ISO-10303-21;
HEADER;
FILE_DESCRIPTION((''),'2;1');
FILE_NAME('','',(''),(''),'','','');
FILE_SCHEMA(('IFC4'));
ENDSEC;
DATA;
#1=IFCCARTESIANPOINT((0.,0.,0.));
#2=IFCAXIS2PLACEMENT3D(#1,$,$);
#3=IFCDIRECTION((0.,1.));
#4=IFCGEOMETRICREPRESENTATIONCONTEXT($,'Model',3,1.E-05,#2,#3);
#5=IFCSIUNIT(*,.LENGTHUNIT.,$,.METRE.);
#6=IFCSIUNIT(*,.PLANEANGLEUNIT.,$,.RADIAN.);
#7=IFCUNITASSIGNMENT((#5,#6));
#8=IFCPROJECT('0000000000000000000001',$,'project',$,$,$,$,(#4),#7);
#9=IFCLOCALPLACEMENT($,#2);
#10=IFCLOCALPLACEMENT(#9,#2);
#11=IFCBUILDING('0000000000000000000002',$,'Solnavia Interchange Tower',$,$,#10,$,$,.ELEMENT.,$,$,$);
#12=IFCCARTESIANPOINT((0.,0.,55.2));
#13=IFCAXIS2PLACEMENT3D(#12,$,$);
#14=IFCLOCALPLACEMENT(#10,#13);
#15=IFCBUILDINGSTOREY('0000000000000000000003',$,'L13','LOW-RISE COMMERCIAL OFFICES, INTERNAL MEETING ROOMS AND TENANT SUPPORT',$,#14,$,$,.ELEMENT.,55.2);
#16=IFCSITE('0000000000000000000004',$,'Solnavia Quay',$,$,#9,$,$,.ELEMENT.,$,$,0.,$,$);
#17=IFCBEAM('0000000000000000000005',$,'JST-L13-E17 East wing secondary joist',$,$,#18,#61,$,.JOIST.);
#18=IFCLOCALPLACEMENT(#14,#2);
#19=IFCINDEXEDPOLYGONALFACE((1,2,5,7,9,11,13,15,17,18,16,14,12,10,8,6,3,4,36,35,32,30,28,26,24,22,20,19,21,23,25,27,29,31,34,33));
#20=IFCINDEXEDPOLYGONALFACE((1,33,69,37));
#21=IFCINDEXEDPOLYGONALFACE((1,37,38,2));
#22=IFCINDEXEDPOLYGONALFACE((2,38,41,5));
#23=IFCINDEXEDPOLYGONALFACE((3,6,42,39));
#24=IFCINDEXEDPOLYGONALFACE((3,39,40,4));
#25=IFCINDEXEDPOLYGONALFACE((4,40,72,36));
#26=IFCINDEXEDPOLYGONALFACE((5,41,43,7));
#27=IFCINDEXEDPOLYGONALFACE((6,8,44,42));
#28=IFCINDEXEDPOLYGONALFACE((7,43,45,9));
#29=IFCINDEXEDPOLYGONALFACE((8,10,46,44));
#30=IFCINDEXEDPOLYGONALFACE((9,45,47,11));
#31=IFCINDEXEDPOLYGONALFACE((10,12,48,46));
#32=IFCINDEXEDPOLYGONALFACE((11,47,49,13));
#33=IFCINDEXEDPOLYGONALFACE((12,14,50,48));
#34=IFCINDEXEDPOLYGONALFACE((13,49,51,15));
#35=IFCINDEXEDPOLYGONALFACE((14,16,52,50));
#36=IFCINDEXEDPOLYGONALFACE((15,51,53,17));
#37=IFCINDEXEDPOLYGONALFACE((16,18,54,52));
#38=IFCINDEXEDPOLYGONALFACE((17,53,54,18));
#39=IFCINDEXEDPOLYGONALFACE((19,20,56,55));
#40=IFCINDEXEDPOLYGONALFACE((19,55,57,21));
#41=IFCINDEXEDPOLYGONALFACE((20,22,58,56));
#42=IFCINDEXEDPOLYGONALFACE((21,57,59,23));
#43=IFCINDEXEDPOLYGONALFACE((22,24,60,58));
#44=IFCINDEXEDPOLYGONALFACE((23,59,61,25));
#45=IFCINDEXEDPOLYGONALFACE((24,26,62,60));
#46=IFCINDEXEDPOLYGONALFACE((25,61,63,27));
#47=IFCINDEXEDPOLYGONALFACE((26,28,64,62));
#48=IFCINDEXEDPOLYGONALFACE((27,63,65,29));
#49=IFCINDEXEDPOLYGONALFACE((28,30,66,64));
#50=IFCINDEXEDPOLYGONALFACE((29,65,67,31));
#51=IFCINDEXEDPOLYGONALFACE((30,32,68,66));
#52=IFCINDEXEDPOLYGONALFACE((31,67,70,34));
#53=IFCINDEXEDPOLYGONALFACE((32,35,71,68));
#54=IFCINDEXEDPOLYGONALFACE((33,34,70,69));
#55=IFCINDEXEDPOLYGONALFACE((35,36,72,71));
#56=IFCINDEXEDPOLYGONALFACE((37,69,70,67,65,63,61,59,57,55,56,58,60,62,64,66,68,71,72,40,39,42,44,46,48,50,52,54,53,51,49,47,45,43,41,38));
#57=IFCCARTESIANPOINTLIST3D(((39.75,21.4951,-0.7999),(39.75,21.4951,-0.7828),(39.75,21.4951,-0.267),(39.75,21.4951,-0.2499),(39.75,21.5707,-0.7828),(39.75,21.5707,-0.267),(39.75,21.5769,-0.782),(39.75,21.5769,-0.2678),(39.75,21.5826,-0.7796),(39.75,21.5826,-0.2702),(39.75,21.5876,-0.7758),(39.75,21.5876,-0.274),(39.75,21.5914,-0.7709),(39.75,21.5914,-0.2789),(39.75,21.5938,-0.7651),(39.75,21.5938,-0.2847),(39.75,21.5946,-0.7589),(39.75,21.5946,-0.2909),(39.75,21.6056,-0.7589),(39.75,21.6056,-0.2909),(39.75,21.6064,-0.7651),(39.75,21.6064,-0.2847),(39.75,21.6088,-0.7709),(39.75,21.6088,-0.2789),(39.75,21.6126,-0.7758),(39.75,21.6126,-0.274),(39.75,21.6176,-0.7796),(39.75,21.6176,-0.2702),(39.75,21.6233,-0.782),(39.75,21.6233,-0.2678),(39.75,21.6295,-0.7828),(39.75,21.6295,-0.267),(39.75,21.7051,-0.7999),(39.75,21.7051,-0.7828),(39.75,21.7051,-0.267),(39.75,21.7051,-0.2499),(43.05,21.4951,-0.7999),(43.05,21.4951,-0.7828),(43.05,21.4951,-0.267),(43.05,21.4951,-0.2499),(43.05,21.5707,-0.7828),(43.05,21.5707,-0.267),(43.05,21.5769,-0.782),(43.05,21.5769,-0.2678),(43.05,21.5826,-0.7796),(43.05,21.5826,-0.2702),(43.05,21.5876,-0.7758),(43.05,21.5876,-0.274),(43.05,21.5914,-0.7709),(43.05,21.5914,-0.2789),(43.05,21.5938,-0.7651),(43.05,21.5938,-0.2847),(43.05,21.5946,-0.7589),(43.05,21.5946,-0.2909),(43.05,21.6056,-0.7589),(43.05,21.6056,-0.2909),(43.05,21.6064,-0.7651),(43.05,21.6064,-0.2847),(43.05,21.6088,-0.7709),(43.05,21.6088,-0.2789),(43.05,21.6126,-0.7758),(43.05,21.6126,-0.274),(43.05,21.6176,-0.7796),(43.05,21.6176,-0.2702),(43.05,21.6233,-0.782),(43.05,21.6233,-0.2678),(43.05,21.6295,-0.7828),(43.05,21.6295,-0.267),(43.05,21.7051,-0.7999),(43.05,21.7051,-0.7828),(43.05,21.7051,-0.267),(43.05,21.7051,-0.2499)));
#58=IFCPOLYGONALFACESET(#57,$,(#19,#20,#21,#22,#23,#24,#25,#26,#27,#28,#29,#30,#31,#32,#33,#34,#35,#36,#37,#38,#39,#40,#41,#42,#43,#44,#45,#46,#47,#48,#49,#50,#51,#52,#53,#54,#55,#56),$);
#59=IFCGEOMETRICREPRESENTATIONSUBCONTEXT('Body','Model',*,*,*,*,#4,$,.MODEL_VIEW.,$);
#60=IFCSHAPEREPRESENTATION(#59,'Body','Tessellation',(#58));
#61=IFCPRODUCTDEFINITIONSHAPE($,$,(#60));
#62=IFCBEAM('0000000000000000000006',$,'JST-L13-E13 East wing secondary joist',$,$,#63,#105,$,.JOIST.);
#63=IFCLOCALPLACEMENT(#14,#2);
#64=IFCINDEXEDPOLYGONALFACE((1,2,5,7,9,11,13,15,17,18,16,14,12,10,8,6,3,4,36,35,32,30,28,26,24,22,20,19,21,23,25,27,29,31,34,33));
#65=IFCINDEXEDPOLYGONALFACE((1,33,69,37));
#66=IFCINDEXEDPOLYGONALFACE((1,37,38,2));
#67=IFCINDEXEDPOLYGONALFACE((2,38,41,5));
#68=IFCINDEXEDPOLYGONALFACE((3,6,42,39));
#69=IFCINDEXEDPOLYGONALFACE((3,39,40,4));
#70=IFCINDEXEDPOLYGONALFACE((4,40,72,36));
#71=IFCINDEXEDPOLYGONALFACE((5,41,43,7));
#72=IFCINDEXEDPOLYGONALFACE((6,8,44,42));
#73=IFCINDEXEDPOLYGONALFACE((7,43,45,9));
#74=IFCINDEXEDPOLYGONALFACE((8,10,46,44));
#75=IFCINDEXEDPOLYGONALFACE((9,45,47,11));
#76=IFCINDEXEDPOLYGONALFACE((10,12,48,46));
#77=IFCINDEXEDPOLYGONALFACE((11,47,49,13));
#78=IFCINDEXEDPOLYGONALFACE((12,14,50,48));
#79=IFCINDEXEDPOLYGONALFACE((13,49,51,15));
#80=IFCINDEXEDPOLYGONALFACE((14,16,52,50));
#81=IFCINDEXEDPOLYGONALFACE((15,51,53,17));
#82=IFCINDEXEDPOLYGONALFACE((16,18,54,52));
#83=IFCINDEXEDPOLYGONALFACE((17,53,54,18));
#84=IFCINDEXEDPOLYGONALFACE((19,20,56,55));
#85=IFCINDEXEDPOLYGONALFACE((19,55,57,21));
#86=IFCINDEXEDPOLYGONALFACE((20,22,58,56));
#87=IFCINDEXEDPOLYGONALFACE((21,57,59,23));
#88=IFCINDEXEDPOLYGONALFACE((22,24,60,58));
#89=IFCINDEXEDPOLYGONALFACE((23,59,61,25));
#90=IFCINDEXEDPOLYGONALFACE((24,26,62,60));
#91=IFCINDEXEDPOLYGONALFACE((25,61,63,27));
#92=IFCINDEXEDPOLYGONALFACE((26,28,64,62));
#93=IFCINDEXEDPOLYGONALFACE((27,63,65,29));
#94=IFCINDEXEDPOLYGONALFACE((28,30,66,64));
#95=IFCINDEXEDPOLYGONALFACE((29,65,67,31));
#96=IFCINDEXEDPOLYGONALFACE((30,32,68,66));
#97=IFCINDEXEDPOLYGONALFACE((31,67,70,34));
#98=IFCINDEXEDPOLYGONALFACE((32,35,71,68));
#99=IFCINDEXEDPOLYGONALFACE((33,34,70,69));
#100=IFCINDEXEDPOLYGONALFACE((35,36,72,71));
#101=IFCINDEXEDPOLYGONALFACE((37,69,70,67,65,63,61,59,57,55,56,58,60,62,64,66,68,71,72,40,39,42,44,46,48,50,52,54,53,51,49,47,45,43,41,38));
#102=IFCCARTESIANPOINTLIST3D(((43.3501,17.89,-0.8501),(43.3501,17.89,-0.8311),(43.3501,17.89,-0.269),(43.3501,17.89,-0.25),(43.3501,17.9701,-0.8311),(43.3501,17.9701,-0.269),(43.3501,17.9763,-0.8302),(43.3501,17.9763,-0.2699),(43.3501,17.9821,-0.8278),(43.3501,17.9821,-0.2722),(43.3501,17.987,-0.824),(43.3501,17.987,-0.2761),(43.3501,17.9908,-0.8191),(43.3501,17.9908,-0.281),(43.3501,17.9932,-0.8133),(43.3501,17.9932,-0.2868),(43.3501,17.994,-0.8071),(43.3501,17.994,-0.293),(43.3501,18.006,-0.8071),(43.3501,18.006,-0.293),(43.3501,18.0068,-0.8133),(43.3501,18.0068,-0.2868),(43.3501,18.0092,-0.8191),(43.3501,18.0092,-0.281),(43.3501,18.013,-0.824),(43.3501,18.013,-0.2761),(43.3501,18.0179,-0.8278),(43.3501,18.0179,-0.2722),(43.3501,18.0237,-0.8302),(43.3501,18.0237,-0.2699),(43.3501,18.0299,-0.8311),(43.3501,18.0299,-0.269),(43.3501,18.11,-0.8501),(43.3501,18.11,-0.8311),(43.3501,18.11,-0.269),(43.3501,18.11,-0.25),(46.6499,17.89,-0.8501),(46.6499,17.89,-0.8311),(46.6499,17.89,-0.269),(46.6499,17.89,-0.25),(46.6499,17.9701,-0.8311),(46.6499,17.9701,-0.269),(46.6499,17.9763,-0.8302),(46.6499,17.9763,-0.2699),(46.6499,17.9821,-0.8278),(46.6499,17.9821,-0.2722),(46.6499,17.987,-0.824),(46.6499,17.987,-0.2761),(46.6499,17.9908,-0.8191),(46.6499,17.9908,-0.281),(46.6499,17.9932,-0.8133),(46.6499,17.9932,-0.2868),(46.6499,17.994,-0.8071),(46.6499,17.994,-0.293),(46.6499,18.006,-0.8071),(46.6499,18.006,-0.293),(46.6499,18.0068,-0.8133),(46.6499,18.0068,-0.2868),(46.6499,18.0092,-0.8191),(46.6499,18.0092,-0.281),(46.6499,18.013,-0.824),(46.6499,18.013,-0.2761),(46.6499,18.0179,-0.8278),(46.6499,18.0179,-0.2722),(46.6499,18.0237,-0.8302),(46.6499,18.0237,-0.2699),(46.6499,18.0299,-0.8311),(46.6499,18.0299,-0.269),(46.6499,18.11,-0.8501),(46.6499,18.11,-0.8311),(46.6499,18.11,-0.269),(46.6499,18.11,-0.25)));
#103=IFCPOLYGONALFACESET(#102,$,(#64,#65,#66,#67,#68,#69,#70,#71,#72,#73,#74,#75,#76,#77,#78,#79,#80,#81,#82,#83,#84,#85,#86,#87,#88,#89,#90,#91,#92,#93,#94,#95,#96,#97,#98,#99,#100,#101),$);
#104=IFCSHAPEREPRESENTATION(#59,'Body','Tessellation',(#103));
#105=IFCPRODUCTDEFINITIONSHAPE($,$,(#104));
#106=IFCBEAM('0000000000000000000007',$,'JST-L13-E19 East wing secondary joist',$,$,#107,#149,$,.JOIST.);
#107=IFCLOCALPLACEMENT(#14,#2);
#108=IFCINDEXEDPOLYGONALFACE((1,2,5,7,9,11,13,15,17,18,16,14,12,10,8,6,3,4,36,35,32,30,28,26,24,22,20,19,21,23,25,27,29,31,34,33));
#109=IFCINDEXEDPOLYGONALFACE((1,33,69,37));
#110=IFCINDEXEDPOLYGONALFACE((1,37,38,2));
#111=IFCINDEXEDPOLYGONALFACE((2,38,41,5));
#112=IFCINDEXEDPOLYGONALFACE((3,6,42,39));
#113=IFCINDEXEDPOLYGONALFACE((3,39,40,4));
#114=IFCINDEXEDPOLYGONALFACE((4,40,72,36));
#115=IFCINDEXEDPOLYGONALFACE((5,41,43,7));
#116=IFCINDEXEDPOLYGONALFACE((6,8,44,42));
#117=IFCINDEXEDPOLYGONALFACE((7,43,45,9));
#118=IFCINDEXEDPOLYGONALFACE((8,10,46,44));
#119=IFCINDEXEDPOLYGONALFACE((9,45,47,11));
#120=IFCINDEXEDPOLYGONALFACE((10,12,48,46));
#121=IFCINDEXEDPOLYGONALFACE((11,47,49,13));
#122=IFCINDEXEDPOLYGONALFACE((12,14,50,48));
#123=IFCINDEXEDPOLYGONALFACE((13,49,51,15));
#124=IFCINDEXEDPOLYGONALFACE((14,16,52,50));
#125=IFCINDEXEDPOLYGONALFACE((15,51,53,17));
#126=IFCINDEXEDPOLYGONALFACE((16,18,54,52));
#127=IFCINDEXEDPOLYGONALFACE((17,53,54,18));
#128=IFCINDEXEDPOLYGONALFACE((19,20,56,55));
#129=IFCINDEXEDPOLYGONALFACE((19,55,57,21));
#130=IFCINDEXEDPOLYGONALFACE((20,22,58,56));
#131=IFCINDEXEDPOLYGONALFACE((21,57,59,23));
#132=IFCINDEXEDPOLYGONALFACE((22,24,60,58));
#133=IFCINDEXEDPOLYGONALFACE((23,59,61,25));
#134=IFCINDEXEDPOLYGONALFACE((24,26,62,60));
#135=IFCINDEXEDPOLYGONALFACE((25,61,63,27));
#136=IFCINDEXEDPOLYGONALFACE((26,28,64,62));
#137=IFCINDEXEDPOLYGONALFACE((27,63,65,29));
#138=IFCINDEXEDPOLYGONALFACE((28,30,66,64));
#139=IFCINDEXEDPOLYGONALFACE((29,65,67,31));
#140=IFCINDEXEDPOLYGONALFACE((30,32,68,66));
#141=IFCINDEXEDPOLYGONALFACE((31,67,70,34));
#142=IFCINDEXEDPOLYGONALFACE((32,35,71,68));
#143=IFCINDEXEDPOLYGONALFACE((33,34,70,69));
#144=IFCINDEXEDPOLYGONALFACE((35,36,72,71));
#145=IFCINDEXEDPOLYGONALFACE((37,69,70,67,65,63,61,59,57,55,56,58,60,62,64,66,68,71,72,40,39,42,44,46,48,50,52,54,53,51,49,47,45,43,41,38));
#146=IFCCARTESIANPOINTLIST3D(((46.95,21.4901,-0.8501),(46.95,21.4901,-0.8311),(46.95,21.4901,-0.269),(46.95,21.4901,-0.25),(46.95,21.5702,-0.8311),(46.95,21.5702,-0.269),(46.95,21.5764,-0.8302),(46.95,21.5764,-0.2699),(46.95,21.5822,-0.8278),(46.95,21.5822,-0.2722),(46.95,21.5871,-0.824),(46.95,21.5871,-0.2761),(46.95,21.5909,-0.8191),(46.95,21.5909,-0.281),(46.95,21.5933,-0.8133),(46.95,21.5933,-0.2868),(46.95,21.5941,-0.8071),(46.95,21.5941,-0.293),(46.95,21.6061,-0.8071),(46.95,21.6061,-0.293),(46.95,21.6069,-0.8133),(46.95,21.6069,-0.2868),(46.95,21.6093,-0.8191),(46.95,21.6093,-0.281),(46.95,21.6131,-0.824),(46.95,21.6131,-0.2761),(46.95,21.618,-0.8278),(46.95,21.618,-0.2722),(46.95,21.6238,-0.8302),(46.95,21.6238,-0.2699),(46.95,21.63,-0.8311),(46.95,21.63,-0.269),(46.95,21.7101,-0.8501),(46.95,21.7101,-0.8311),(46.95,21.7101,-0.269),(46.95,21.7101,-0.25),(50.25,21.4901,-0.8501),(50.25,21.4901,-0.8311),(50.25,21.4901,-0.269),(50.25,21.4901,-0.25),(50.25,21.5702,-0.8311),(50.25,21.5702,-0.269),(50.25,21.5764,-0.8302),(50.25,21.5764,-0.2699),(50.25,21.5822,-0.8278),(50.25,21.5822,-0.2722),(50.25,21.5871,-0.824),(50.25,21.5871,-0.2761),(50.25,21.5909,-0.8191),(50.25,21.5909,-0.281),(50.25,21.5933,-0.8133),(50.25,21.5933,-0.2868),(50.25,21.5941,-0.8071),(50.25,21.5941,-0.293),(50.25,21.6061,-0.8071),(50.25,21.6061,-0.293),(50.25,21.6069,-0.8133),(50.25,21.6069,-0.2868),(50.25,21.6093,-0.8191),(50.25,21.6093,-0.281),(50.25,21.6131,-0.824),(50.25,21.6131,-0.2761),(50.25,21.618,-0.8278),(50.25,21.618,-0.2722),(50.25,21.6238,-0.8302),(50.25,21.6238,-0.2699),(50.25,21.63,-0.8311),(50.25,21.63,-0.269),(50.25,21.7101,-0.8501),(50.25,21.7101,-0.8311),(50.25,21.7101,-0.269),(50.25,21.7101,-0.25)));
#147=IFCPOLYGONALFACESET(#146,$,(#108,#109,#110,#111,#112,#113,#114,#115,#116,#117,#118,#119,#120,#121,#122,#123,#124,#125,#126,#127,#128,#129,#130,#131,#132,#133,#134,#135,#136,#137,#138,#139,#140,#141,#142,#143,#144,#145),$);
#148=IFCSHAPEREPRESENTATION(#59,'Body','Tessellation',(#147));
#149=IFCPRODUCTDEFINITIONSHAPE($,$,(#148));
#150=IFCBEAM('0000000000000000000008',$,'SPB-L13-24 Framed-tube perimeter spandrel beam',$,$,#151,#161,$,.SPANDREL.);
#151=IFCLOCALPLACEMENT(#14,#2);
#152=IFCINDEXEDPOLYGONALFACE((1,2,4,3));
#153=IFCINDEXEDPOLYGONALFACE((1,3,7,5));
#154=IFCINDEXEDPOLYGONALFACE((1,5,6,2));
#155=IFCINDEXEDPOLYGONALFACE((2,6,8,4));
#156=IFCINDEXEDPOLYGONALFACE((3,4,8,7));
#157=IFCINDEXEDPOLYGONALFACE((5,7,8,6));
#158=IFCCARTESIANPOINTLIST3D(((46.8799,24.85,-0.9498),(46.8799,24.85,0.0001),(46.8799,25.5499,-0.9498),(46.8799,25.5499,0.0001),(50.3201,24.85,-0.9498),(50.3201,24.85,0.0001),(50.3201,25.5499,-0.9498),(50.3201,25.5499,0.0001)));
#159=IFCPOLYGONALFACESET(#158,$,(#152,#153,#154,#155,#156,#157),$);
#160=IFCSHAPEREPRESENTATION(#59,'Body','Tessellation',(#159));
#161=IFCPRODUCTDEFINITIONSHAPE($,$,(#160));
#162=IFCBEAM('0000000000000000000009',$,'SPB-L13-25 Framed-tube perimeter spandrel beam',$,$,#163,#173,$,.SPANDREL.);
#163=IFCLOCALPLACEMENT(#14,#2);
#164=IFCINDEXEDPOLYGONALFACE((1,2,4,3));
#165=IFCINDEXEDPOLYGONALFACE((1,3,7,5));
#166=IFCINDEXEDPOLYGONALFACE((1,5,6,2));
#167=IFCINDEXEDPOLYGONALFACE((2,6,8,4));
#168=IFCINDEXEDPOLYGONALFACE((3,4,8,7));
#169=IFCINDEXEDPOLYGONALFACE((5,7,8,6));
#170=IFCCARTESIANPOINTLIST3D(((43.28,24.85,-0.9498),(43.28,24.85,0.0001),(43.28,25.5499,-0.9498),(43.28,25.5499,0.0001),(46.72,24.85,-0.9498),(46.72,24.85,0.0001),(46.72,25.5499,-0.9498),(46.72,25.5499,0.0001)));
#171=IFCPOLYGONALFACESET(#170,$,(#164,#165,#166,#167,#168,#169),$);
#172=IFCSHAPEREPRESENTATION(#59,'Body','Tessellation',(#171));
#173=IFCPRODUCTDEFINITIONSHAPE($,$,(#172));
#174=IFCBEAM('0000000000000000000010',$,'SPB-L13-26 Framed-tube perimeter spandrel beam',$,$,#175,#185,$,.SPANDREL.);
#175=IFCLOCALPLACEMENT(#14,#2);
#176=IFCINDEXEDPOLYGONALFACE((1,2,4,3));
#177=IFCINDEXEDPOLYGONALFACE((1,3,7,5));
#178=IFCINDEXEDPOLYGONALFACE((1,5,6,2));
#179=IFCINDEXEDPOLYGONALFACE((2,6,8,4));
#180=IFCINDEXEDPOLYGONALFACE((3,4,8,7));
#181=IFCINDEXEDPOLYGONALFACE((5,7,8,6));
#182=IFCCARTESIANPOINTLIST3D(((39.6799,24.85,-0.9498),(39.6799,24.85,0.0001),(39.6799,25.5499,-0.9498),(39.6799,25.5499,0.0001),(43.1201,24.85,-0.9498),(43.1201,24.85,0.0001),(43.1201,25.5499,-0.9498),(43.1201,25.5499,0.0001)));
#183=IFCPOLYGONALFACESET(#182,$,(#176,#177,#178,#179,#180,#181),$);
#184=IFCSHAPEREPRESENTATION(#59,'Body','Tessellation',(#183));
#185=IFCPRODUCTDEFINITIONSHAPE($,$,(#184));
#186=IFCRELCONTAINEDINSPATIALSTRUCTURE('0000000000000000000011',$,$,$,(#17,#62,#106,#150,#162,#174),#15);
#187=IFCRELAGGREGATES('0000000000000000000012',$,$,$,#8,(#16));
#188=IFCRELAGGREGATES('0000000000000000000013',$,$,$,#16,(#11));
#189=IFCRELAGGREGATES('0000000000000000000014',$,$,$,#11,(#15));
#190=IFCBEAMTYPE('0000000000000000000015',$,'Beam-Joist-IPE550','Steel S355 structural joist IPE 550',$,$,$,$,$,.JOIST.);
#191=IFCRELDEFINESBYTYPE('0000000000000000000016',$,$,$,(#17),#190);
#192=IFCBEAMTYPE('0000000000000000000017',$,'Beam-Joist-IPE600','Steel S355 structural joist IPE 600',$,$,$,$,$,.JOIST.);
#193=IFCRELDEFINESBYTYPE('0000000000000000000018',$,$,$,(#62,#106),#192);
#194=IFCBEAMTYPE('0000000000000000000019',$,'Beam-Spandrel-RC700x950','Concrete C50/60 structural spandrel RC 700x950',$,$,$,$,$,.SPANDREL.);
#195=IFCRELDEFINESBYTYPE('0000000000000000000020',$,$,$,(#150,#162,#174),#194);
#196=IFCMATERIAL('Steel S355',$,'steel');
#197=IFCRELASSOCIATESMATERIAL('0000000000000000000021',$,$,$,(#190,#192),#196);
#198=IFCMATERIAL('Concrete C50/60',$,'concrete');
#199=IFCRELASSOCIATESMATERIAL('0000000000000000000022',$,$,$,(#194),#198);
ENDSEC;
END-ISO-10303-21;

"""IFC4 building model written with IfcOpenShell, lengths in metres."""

from ifc_helpers import new_model, si_unit, direction, frame, origin, origin_2d, place, context, subcontext, project, spatial, rectangle, i_section, extrude, material, material_profile, profile_set, type_object, element, save


model = new_model("IFC4")

# Units and contexts
model_context = context("Model", 3, precision=1e-05, world=origin(), true_north=direction((0.0, 1.0)))
body_context = subcontext(model_context, "Body", "Model", "MODEL_VIEW")
ifc_project = project(units=[si_unit("LENGTHUNIT", "METRE"), si_unit("PLANEANGLEUNIT", "RADIAN")], contexts=[model_context])

# Site, building, storey
site_placement = place(None, origin())
site = spatial("IfcSite", under=ifc_project, at=site_placement, Name="Solnavia Quay", CompositionType="ELEMENT", RefElevation=0.0)
building_placement = place(site_placement, origin())
building = spatial("IfcBuilding", under=site, at=building_placement, Name="Solnavia Interchange Tower", CompositionType="ELEMENT")
storey_placement = place(building_placement, frame((0.0, 0.0, 55.2)))
storey = spatial("IfcBuildingStorey", under=building, at=storey_placement, Name="L13", Description="LOW-RISE COMMERCIAL OFFICES, INTERNAL MEETING ROOMS AND TENANT SUPPORT", CompositionType="ELEMENT", Elevation=55.2)

# Beams
ifc_material_1 = material(Name="Steel S355", Category="steel")
ifc_material_profile_1 = material_profile(ifc_material_1, i_section(OverallWidth=0.21, OverallDepth=0.55, WebThickness=0.011, FlangeThickness=0.0171, FilletRadius=0.0239, at=origin_2d()), Name="IPE 550")
ifc_profile_set_1 = profile_set([ifc_material_profile_1], Name="Steel S355")
beam_type_1 = type_object("IfcBeamType", Name="Beam-Joist-IPE550", Description="Steel S355 structural joist IPE 550", PredefinedType="JOIST", material=ifc_profile_set_1)
for number, where, z_axis, x_axis, name in (
    (1, (39.75, 21.6001, -0.5249), (1.0, 0.0, 0.0), (0.0, 1.0, 0.0), "JST-L13-E17 East wing secondary joist"),
):
    element("IfcBeam", number, at=place(storey_placement, frame(where, z_axis=z_axis, x_axis=x_axis)), inside=storey, type_object=beam_type_1, Name=name, PredefinedType="JOIST", context=body_context, shape_type="SweptSolid", body=[
        extrude(i_section(OverallWidth=0.21, OverallDepth=0.55, WebThickness=0.011, FlangeThickness=0.0171, FilletRadius=0.0239, at=origin_2d()), origin(), (0.0, 0.0, 1.0), 3.3),
    ])
ifc_material_profile_2 = material_profile(ifc_material_1, i_section(OverallWidth=0.22, OverallDepth=0.6001, WebThickness=0.012, FlangeThickness=0.019, FilletRadius=0.0239, at=origin_2d()), Name="IPE 600")
ifc_profile_set_2 = profile_set([ifc_material_profile_2], Name="Steel S355")
beam_type_2 = type_object("IfcBeamType", Name="Beam-Joist-IPE600", Description="Steel S355 structural joist IPE 600", PredefinedType="JOIST", material=ifc_profile_set_2)
beam_1_placement = place(storey_placement, frame((43.3501, 18.0, -0.55), z_axis=(1.0, 0.0, 0.0), x_axis=(0.0, 1.0, 0.0)))
element("IfcBeam", 2, at=beam_1_placement, inside=storey, type_object=beam_type_2, Name="JST-L13-E13 East wing secondary joist", PredefinedType="JOIST", context=body_context, shape_type="SweptSolid", body=[
    extrude(i_section(OverallWidth=0.22, OverallDepth=0.6001, WebThickness=0.012, FlangeThickness=0.019, FilletRadius=0.0239, at=origin_2d()), origin(), (0.0, 0.0, 1.0), 3.2998),
])
beam_2_placement = place(storey_placement, frame((46.95, 21.6001, -0.55), z_axis=(1.0, 0.0, 0.0), x_axis=(0.0, 1.0, 0.0)))
element("IfcBeam", 3, at=beam_2_placement, inside=storey, type_object=beam_type_2, Name="JST-L13-E19 East wing secondary joist", PredefinedType="JOIST", context=body_context, shape_type="SweptSolid", body=[
    extrude(i_section(OverallWidth=0.22, OverallDepth=0.6001, WebThickness=0.012, FlangeThickness=0.019, FilletRadius=0.0239, at=origin_2d()), origin(), (0.0, 0.0, 1.0), 3.3),
])
ifc_material_2 = material(Name="Concrete C50/60", Category="concrete")
ifc_material_profile_3 = material_profile(ifc_material_2, rectangle(XDim=0.7, YDim=0.95, at=origin_2d()), Name="RC 700x950")
ifc_profile_set_3 = profile_set([ifc_material_profile_3], Name="Concrete C50/60")
beam_type_3 = type_object("IfcBeamType", Name="Beam-Spandrel-RC700x950", Description="Concrete C50/60 structural spandrel RC 700x950", PredefinedType="SPANDREL", material=ifc_profile_set_3)
beam_3_placement = place(storey_placement, frame((50.3201, 25.2, -0.4749), z_axis=(-1.0, 0.0, 0.0), x_axis=(0.0, -1.0, 0.0)))
element("IfcBeam", 4, at=beam_3_placement, inside=storey, type_object=beam_type_3, Name="SPB-L13-24 Framed-tube perimeter spandrel beam", PredefinedType="SPANDREL", context=body_context, shape_type="SweptSolid", body=[
    extrude(rectangle(XDim=0.7, YDim=0.95, at=origin_2d()), origin(), (0.0, 0.0, 1.0), 3.4402),
])
beam_4_placement = place(storey_placement, frame((46.72, 25.2, -0.4749), z_axis=(-1.0, 0.0, 0.0), x_axis=(0.0, -1.0, 0.0)))
element("IfcBeam", 5, at=beam_4_placement, inside=storey, type_object=beam_type_3, Name="SPB-L13-25 Framed-tube perimeter spandrel beam", PredefinedType="SPANDREL", context=body_context, shape_type="SweptSolid", body=[
    extrude(rectangle(XDim=0.7, YDim=0.95, at=origin_2d()), origin(), (0.0, 0.0, 1.0), 3.4399),
])
beam_5_placement = place(storey_placement, frame((43.1201, 25.2, -0.4749), z_axis=(-1.0, 0.0, 0.0), x_axis=(0.0, -1.0, 0.0)))
element("IfcBeam", 6, at=beam_5_placement, inside=storey, type_object=beam_type_3, Name="SPB-L13-26 Framed-tube perimeter spandrel beam", PredefinedType="SPANDREL", context=body_context, shape_type="SweptSolid", body=[
    extrude(rectangle(XDim=0.7, YDim=0.95, at=origin_2d()), origin(), (0.0, 0.0, 1.0), 3.4402),
])

save(model, "model.ifc")
